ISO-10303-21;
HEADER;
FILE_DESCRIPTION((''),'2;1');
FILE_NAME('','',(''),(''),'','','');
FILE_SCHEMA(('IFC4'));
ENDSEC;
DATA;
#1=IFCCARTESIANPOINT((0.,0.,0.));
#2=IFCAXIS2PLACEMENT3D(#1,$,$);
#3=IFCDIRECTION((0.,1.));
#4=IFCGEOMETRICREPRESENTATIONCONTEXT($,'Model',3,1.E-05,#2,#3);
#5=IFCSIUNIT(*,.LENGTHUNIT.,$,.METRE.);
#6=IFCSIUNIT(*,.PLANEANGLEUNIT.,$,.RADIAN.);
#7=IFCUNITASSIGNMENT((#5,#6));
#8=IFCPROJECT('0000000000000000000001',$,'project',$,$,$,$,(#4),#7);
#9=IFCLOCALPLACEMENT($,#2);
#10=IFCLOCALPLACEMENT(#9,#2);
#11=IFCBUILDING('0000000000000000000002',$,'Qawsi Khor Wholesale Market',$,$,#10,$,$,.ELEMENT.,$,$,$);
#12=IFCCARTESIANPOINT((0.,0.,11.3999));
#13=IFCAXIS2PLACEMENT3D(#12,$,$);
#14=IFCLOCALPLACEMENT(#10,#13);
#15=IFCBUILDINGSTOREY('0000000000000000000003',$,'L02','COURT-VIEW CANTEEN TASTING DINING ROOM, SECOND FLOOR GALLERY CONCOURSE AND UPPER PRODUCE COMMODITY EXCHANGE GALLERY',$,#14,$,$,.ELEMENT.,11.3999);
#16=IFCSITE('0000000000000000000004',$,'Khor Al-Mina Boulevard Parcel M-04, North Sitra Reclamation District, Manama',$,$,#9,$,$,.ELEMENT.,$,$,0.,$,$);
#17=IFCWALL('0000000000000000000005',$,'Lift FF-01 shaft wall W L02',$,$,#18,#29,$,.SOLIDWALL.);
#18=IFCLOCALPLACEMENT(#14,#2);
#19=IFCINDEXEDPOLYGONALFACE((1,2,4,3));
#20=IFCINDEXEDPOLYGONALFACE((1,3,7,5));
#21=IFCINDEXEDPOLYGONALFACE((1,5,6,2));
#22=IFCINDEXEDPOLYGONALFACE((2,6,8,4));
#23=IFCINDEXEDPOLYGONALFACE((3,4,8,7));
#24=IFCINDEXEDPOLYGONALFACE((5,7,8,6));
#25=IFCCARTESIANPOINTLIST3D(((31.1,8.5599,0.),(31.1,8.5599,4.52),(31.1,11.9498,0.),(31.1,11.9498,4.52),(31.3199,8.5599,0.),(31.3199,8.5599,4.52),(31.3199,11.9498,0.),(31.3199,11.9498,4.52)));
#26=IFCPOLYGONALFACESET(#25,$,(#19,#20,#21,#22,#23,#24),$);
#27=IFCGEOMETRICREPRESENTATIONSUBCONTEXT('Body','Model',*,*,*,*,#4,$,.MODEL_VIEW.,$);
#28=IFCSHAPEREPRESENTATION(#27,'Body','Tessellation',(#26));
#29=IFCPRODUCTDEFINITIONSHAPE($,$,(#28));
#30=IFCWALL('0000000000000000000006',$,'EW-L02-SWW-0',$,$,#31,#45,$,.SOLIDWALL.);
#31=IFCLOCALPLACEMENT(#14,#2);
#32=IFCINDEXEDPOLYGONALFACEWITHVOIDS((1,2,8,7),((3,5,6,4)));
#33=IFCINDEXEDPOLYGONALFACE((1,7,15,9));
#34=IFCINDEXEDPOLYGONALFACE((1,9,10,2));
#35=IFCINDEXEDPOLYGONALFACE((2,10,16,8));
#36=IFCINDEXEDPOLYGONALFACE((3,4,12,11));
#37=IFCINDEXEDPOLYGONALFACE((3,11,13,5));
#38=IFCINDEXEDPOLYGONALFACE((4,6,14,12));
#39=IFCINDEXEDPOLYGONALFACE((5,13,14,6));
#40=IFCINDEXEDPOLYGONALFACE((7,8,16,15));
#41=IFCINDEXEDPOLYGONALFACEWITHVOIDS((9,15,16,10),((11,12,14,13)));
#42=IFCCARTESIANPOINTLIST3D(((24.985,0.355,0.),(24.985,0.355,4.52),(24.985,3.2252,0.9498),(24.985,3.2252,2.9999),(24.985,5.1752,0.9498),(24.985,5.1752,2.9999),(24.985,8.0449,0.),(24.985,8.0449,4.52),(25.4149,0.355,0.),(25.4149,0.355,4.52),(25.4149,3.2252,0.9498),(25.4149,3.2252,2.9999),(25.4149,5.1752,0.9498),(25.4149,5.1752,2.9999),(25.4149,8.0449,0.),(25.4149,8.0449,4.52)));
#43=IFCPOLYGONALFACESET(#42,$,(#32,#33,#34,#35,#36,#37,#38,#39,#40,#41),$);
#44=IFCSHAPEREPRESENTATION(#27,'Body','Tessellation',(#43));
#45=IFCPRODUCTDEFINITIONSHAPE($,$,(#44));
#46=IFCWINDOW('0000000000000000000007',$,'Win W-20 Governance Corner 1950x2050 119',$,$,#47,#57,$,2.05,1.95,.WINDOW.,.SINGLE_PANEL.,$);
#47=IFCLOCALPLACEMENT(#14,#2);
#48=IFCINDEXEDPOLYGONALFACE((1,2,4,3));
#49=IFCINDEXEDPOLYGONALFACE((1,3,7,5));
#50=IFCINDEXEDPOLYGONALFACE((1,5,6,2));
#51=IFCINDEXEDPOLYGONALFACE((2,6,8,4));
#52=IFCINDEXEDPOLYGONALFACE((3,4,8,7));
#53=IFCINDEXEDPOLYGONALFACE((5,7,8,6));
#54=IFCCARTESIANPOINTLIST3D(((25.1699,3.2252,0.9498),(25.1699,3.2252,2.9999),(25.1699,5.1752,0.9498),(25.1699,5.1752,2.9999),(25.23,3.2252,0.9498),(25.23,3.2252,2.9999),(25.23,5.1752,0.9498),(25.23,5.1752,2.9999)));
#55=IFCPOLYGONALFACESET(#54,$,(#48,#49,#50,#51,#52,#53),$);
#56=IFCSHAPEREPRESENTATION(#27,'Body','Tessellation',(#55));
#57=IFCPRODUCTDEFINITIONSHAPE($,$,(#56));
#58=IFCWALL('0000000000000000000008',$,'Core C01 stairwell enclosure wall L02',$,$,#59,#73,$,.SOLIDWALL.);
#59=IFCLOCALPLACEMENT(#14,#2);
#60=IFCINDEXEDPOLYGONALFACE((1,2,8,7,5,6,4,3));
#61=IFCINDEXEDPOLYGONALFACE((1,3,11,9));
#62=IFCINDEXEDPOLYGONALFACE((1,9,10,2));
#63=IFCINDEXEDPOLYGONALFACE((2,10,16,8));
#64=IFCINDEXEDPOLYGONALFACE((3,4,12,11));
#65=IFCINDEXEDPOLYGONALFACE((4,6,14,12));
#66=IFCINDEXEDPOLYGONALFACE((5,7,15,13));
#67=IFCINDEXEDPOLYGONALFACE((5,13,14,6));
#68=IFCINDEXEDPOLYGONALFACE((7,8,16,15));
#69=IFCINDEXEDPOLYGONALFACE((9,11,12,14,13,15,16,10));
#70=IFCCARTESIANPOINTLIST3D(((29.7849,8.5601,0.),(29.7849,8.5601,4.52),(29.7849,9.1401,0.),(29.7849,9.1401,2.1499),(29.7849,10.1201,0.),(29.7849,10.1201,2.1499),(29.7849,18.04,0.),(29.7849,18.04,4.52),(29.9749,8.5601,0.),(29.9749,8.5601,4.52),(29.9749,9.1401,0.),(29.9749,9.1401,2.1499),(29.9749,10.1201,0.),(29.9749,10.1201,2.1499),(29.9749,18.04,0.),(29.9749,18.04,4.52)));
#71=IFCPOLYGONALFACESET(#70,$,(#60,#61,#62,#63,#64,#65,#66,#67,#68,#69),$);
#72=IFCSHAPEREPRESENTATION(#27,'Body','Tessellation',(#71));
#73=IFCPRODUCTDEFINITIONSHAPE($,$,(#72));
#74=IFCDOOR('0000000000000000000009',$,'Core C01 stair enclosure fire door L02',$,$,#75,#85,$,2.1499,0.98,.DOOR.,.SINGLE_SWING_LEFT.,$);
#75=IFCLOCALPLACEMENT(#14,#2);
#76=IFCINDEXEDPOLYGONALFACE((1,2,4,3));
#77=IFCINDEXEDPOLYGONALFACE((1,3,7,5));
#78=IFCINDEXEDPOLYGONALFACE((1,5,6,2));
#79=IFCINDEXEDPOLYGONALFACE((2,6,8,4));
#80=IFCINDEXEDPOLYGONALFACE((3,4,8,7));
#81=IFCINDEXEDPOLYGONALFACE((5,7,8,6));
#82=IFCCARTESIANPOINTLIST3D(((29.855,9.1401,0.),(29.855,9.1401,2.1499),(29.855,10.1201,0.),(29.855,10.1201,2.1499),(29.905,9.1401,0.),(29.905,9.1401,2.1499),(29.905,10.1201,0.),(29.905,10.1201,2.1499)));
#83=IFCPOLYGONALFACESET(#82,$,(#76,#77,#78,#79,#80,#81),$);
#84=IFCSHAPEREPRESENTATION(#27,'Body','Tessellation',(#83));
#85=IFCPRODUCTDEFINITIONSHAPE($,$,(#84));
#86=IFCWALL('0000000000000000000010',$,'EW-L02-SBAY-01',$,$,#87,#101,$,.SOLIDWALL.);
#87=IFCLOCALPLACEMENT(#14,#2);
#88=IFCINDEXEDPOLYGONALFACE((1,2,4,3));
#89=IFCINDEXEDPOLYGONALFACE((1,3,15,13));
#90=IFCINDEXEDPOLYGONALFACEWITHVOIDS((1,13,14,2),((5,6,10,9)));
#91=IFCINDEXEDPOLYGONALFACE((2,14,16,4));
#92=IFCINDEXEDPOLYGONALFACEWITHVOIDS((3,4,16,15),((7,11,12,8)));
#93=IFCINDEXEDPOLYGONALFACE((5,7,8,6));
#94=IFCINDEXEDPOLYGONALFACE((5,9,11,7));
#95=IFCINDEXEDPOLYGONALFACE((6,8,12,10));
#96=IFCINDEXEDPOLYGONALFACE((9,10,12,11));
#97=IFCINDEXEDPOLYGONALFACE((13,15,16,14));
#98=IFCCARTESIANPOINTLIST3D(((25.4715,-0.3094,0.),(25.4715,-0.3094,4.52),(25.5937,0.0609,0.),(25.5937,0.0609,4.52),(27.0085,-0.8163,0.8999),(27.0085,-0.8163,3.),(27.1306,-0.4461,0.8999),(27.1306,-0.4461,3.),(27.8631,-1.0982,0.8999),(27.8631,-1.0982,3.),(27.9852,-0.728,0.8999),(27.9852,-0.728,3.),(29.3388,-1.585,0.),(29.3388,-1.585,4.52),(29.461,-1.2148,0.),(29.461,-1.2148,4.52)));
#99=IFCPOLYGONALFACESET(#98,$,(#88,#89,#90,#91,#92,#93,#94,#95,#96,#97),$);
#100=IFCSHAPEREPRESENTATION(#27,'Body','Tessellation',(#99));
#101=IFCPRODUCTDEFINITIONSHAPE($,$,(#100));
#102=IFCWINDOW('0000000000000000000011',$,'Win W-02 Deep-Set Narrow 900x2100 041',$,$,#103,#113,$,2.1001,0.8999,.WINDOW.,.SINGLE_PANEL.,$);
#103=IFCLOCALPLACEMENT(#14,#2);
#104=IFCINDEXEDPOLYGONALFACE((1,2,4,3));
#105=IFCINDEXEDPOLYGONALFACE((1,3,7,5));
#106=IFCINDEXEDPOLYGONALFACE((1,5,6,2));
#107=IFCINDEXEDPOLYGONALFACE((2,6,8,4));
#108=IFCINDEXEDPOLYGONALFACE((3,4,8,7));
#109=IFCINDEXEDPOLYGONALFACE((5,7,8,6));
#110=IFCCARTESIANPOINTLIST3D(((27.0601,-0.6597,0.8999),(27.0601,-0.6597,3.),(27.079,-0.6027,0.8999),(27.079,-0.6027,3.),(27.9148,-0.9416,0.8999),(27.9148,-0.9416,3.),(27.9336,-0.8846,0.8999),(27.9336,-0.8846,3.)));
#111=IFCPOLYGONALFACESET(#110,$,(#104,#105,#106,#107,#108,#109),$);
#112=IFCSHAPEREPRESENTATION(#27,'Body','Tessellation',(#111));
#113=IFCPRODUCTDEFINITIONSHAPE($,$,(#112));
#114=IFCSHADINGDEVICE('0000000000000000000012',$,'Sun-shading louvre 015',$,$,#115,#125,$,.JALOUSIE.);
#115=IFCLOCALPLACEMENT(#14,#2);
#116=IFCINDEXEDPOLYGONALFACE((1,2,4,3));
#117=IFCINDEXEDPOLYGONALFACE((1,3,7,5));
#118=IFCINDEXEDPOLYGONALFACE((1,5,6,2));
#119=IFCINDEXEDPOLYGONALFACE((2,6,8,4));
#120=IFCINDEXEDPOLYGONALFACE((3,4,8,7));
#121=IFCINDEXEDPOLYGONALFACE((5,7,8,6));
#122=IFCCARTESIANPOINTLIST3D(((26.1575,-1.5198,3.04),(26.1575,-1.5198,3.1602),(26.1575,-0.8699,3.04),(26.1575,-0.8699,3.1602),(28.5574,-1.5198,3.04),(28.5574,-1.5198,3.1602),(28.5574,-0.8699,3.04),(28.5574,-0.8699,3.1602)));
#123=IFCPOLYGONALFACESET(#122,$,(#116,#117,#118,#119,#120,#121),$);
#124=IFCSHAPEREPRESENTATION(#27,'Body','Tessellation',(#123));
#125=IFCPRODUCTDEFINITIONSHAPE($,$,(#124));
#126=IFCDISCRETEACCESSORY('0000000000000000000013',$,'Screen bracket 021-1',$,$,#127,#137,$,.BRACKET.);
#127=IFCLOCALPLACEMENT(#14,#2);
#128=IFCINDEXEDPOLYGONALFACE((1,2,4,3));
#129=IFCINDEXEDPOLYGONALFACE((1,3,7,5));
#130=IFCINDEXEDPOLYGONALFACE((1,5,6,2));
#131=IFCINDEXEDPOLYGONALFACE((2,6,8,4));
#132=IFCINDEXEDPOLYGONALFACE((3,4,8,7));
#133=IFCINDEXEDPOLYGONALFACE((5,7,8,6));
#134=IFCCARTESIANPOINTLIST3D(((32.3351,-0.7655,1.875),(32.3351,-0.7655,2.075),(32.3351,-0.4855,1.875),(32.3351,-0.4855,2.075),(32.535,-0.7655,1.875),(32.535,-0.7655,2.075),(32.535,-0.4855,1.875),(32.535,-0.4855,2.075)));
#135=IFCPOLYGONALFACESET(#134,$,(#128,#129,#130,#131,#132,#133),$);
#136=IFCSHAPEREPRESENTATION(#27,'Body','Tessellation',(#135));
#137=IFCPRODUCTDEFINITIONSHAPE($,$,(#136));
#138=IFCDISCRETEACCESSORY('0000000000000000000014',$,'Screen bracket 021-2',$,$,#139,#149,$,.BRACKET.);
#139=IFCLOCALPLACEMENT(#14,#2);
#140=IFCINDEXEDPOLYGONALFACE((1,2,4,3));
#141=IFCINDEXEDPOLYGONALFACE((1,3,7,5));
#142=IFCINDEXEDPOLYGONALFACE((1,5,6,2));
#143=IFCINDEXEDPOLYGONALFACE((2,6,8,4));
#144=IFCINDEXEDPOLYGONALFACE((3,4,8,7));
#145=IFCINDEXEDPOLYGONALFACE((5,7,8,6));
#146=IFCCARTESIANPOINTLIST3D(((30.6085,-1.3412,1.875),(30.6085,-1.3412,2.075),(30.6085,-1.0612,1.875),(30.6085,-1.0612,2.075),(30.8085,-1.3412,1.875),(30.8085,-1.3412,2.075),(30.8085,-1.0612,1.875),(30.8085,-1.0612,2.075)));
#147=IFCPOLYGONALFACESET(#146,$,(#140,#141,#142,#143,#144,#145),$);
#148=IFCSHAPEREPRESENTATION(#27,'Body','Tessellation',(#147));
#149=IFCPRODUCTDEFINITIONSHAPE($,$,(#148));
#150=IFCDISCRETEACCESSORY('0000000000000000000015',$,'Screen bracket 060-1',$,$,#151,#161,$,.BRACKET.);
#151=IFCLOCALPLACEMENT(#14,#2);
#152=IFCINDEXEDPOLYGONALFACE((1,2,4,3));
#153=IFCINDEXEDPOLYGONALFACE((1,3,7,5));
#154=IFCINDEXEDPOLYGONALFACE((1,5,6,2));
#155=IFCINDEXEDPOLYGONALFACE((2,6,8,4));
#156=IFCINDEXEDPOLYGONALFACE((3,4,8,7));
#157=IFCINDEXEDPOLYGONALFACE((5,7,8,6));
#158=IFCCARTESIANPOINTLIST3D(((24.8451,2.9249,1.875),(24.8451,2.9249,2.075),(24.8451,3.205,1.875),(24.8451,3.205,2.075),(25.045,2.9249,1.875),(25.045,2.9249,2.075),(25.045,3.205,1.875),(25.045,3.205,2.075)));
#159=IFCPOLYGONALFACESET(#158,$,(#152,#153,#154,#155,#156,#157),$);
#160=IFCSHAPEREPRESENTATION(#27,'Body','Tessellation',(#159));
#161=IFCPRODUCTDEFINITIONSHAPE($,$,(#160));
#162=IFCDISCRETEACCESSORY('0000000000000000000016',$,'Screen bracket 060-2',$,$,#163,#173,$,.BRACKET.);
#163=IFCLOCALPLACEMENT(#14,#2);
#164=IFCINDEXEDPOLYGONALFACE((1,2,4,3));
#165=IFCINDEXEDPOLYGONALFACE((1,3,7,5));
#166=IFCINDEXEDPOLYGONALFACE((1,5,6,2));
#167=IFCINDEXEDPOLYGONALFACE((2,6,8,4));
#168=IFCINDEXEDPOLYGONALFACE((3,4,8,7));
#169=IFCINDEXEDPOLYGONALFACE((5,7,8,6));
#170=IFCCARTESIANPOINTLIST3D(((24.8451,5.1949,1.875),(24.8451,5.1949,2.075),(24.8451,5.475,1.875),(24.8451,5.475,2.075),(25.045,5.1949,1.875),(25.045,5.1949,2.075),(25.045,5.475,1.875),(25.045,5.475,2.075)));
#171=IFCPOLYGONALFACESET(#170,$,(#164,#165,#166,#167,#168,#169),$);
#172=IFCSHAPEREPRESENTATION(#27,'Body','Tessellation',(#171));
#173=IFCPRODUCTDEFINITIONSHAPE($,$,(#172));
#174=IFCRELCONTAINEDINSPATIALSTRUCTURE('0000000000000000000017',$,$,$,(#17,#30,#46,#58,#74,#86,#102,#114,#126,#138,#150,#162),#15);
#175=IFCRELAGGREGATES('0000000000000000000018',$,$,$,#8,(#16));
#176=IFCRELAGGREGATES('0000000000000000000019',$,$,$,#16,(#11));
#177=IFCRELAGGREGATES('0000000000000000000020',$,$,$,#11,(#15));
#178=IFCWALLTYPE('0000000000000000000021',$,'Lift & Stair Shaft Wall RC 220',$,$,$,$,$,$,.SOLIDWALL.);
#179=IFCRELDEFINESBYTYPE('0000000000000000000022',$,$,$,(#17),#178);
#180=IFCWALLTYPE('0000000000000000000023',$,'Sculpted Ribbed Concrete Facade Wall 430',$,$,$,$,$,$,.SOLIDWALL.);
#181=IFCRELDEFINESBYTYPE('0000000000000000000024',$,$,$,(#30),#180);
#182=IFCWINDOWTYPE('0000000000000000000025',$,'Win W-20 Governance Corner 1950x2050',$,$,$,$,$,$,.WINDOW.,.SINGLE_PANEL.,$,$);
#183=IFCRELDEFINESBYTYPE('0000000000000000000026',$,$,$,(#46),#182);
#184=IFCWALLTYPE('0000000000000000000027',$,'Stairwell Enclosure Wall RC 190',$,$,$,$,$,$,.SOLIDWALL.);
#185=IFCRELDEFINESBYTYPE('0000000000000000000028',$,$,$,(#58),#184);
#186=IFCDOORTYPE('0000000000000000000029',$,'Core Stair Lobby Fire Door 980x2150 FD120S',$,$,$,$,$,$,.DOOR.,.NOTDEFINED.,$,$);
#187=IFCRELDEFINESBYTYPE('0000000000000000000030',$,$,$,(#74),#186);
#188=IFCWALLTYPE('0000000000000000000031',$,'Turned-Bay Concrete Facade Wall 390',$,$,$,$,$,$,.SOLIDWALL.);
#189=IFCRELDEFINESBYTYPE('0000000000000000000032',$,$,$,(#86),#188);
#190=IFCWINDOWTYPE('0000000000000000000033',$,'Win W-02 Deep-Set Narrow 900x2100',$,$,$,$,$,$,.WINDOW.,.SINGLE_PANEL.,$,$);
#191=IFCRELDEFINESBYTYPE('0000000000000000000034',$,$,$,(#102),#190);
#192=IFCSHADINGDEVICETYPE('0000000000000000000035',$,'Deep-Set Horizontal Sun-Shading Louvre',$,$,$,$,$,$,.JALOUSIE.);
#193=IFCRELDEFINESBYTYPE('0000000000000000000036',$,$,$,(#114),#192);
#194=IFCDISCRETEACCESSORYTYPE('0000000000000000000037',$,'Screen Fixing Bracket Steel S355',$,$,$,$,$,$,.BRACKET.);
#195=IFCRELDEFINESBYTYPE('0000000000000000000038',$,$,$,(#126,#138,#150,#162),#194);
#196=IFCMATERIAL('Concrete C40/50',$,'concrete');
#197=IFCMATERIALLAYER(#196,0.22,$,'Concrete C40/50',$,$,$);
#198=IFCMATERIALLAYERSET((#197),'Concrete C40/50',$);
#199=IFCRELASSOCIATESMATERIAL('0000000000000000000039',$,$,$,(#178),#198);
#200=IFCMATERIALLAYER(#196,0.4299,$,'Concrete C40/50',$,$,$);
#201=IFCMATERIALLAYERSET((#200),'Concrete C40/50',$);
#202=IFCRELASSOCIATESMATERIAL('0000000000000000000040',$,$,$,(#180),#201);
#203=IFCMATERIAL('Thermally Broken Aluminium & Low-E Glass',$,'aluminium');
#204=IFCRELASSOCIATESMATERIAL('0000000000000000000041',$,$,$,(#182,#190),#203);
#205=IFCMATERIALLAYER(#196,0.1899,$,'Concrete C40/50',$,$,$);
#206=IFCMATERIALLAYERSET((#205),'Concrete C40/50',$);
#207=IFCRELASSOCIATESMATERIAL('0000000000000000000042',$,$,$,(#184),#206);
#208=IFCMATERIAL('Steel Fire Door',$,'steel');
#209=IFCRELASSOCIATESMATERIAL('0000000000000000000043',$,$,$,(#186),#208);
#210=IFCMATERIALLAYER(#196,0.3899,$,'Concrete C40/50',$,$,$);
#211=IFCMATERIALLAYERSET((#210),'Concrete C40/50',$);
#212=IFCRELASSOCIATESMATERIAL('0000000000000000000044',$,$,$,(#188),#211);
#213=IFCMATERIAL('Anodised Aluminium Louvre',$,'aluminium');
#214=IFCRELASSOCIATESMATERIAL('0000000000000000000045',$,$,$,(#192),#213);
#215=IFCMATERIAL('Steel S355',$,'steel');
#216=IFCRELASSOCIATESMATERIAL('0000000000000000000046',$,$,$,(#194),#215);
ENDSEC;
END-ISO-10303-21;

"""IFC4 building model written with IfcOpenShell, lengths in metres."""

from ifc_helpers import new_model, si_unit, direction, frame, frame_2d, origin, origin_2d, place, context, subcontext, project, spatial, rectangle, extrude, material, layer, layer_set, type_object, element, fill, save


model = new_model("IFC4")

# Units and contexts
model_context = context("Model", 3, precision=1e-05, world=origin(), true_north=direction((0.0, 1.0)))
body_context = subcontext(model_context, "Body", "Model", "MODEL_VIEW")
ifc_project = project(units=[si_unit("LENGTHUNIT", "METRE"), si_unit("PLANEANGLEUNIT", "RADIAN")], contexts=[model_context])

# Site, building, storey
site_placement = place(None, origin())
site = spatial("IfcSite", under=ifc_project, at=site_placement, Name="Khor Al-Mina Boulevard Parcel M-04, North Sitra Reclamation District, Manama", CompositionType="ELEMENT", RefElevation=0.0)
building_placement = place(site_placement, origin())
building = spatial("IfcBuilding", under=site, at=building_placement, Name="Qawsi Khor Wholesale Market", CompositionType="ELEMENT")
storey_placement = place(building_placement, frame((0.0, 0.0, 11.3999)))
storey = spatial("IfcBuildingStorey", under=building, at=storey_placement, Name="L02", Description="COURT-VIEW CANTEEN TASTING DINING ROOM, SECOND FLOOR GALLERY CONCOURSE AND UPPER PRODUCE COMMODITY EXCHANGE GALLERY", CompositionType="ELEMENT", Elevation=11.3999)

# Shared definitions
ifc_material_1 = material(Name="Concrete C40/50", Category="concrete")

# Shared definitions
ifc_material_2 = material(Name="Steel S355", Category="steel")

# Wall
ifc_layer_1 = layer(ifc_material_1, 0.22, Name="Concrete C40/50")
ifc_layer_set_1 = layer_set([ifc_layer_1], Name="Concrete C40/50")
wall_type_1 = type_object("IfcWallType", Name="Lift & Stair Shaft Wall RC 220", PredefinedType="SOLIDWALL", material=ifc_layer_set_1)
wall_1_placement = place(storey_placement, frame((31.21, 8.5601, 0.0), z_axis=(0.0, 0.0, 1.0), x_axis=(0.0, 1.0, 0.0)))
element("IfcWall", 1, at=wall_1_placement, inside=storey, type_object=wall_type_1, Name="Lift FF-01 shaft wall W L02", PredefinedType="SOLIDWALL", context=body_context, shape_type="SweptSolid", body=[
    extrude(rectangle(XDim=3.3899, YDim=0.22, at=frame_2d((1.6948, 0.0))), origin(), (0.0, 0.0, 1.0), 4.52),
])

# Wall, opening, window
ifc_layer_2 = layer(ifc_material_1, 0.4299, Name="Concrete C40/50")
ifc_layer_set_2 = layer_set([ifc_layer_2], Name="Concrete C40/50")
wall_type_2 = type_object("IfcWallType", Name="Sculpted Ribbed Concrete Facade Wall 430", PredefinedType="SOLIDWALL", material=ifc_layer_set_2)
wall_2_placement = place(storey_placement, frame((25.2, 0.355, 0.0), z_axis=(0.0, 0.0, 1.0), x_axis=(0.0, 1.0, 0.0)))
wall_2 = element("IfcWall", 2, at=wall_2_placement, inside=storey, type_object=wall_type_2, Name="EW-L02-SWW-0", PredefinedType="SOLIDWALL", context=body_context, shape_type="SweptSolid", body=[
    extrude(rectangle(XDim=7.6899, YDim=0.4299, at=frame_2d((3.845, 0.0))), origin(), (0.0, 0.0, 1.0), 4.52),
])
opening_1_placement = place(wall_2_placement, frame((2.8701, 0.0, 0.95)))
opening_1 = element("IfcOpeningElement", 3, at=opening_1_placement, cuts=wall_2, PredefinedType="OPENING", context=body_context, shape_type="SweptSolid", body=[
    extrude(rectangle(XDim=1.95, YDim=2.05, at=frame_2d((0.9751, 1.0249))), frame((0.0, 0.2249, 0.0), z_axis=(0.0, -1.0, 0.0), x_axis=(1.0, 0.0, 0.0)), (0.0, 0.0, 1.0), 0.45),
])
ifc_material_3 = material(Name="Thermally Broken Aluminium & Low-E Glass", Category="aluminium")
window_type_1 = type_object("IfcWindowType", Name="Win W-20 Governance Corner 1950x2050", PartitioningType="SINGLE_PANEL", PredefinedType="WINDOW", material=ifc_material_3)
window_1_placement = place(opening_1_placement, origin())
window_1 = element("IfcWindow", 4, at=window_1_placement, inside=storey, type_object=window_type_1, Name="Win W-20 Governance Corner 1950x2050 119", OverallHeight=2.05, OverallWidth=1.95, PartitioningType="SINGLE_PANEL", PredefinedType="WINDOW", context=body_context, shape_type="SweptSolid", body=[
    extrude(rectangle(XDim=1.95, YDim=2.05, at=frame_2d((0.9751, 1.0249))), frame((0.0, 0.03, 0.0), z_axis=(0.0, -1.0, 0.0), x_axis=(1.0, 0.0, 0.0)), (0.0, 0.0, 1.0), 0.0601),
])
fill(opening_1, window_1)

# Wall, opening, door
ifc_layer_3 = layer(ifc_material_1, 0.1899, Name="Concrete C40/50")
ifc_layer_set_3 = layer_set([ifc_layer_3], Name="Concrete C40/50")
wall_type_3 = type_object("IfcWallType", Name="Stairwell Enclosure Wall RC 190", PredefinedType="SOLIDWALL", material=ifc_layer_set_3)
wall_3_placement = place(storey_placement, frame((29.8799, 8.5601, 0.0), z_axis=(0.0, 0.0, 1.0), x_axis=(0.0, 1.0, 0.0)))
wall_3 = element("IfcWall", 5, at=wall_3_placement, inside=storey, type_object=wall_type_3, Name="Core C01 stairwell enclosure wall L02", PredefinedType="SOLIDWALL", context=body_context, shape_type="SweptSolid", body=[
    extrude(rectangle(XDim=9.48, YDim=0.1899, at=frame_2d((4.74, 0.0))), origin(), (0.0, 0.0, 1.0), 4.52),
])
opening_2_placement = place(wall_3_placement, frame((0.5801, 0.0, 0.0)))
opening_2 = element("IfcOpeningElement", 6, at=opening_2_placement, cuts=wall_3, PredefinedType="OPENING", context=body_context, shape_type="SweptSolid", body=[
    extrude(rectangle(XDim=0.98, YDim=2.1499, at=frame_2d((0.49, 1.075))), frame((0.0, 0.105, 0.0), z_axis=(0.0, -1.0, 0.0), x_axis=(1.0, 0.0, 0.0)), (0.0, 0.0, 1.0), 0.21),
])
ifc_material_4 = material(Name="Steel Fire Door", Category="steel")
door_type = type_object("IfcDoorType", Name="Core Stair Lobby Fire Door 980x2150 FD120S", OperationType="NOTDEFINED", PredefinedType="DOOR", material=ifc_material_4)
door_placement = place(opening_2_placement, origin())
door = element("IfcDoor", 7, at=door_placement, inside=storey, type_object=door_type, Name="Core C01 stair enclosure fire door L02", OperationType="SINGLE_SWING_LEFT", OverallHeight=2.1499, OverallWidth=0.98, PredefinedType="DOOR", context=body_context, shape_type="SweptSolid", body=[
    extrude(rectangle(XDim=0.98, YDim=2.1499, at=frame_2d((0.49, 1.075))), frame((0.0, 0.0249, 0.0), z_axis=(0.0, -1.0, 0.0), x_axis=(1.0, 0.0, 0.0)), (0.0, 0.0, 1.0), 0.05),
])
fill(opening_2, door)

# Wall, opening, window
ifc_layer_4 = layer(ifc_material_1, 0.3899, Name="Concrete C40/50")
ifc_layer_set_4 = layer_set([ifc_layer_4], Name="Concrete C40/50")
wall_type_4 = type_object("IfcWallType", Name="Turned-Bay Concrete Facade Wall 390", PredefinedType="SOLIDWALL", material=ifc_layer_set_4)
wall_4_placement = place(storey_placement, frame((29.3999, -1.3999, 0.0), z_axis=(0.0, 0.0, 1.0), x_axis=(-0.949668, 0.313259, 0.0)))
wall_4 = element("IfcWall", 8, at=wall_4_placement, inside=storey, type_object=wall_type_4, Name="EW-L02-SBAY-01", PredefinedType="SOLIDWALL", context=body_context, shape_type="SweptSolid", body=[
    extrude(rectangle(XDim=4.0723, YDim=0.3899, at=frame_2d((2.0361, 0.0))), origin(), (0.0, 0.0, 1.0), 4.52),
])
opening_3_placement = place(wall_4_placement, frame((1.554, 0.0, 0.8999)))
opening_3 = element("IfcOpeningElement", 9, at=opening_3_placement, cuts=wall_4, PredefinedType="OPENING", context=body_context, shape_type="SweptSolid", body=[
    extrude(rectangle(XDim=0.8999, YDim=2.1001, at=frame_2d((0.45, 1.05))), frame((0.0, 0.2048, 0.0), z_axis=(0.0, -1.0, 0.0), x_axis=(1.0, 0.0, 0.0)), (0.0, 0.0, 1.0), 0.4099),
])
window_type_2 = type_object("IfcWindowType", Name="Win W-02 Deep-Set Narrow 900x2100", PartitioningType="SINGLE_PANEL", PredefinedType="WINDOW", material=ifc_material_3)
window_2_placement = place(opening_3_placement, origin())
window_2 = element("IfcWindow", 10, at=window_2_placement, inside=storey, type_object=window_type_2, Name="Win W-02 Deep-Set Narrow 900x2100 041", OverallHeight=2.1001, OverallWidth=0.8999, PartitioningType="SINGLE_PANEL", PredefinedType="WINDOW", context=body_context, shape_type="SweptSolid", body=[
    extrude(rectangle(XDim=0.8999, YDim=2.1001, at=frame_2d((0.45, 1.05))), frame((0.0, 0.03, 0.0), z_axis=(0.0, -1.0, 0.0), x_axis=(1.0, 0.0, 0.0)), (0.0, 0.0, 1.0), 0.0601),
])
fill(opening_3, window_2)

# Shading device
ifc_material_5 = material(Name="Anodised Aluminium Louvre", Category="aluminium")
shading_device_type = type_object("IfcShadingDeviceType", Name="Deep-Set Horizontal Sun-Shading Louvre", PredefinedType="JALOUSIE", material=ifc_material_5)
shading_device_placement = place(storey_placement, frame((27.3574, -1.1948, 3.04), z_axis=(0.0, 0.0, 1.0), x_axis=(1.0, 0.0, 0.0)))
element("IfcShadingDevice", 11, at=shading_device_placement, inside=storey, type_object=shading_device_type, Name="Sun-shading louvre 015", PredefinedType="JALOUSIE", context=body_context, shape_type="SweptSolid", body=[
    extrude(rectangle(XDim=2.3999, YDim=0.6499, at=origin_2d()), origin(), (0.0, 0.0, 1.0), 0.1201),
])

# Discrete accessories
discrete_accessory_type = type_object("IfcDiscreteAccessoryType", Name="Screen Fixing Bracket Steel S355", PredefinedType="BRACKET", material=ifc_material_2)
for number, where, z_axis, x_axis, name in (
    (12, (32.4351, -0.6255, 1.875), (0.0, 0.0, 1.0), (1.0, 0.0, 0.0), "Screen bracket 021-1"),
    (13, (30.7085, -1.2012, 1.875), (0.0, 0.0, 1.0), (1.0, 0.0, 0.0), "Screen bracket 021-2"),
    (14, (24.9451, 3.0649, 1.875), (0.0, 0.0, 1.0), (1.0, 0.0, 0.0), "Screen bracket 060-1"),
    (15, (24.9451, 5.335, 1.875), (0.0, 0.0, 1.0), (1.0, 0.0, 0.0), "Screen bracket 060-2"),
):
    element("IfcDiscreteAccessory", number, at=place(storey_placement, frame(where, z_axis=z_axis, x_axis=x_axis)), inside=storey, type_object=discrete_accessory_type, Name=name, PredefinedType="BRACKET", context=body_context, shape_type="SweptSolid", body=[
        extrude(rectangle(XDim=0.2, YDim=0.28, at=origin_2d()), origin(), (0.0, 0.0, 1.0), 0.2),
    ])

save(model, "model.ifc")
